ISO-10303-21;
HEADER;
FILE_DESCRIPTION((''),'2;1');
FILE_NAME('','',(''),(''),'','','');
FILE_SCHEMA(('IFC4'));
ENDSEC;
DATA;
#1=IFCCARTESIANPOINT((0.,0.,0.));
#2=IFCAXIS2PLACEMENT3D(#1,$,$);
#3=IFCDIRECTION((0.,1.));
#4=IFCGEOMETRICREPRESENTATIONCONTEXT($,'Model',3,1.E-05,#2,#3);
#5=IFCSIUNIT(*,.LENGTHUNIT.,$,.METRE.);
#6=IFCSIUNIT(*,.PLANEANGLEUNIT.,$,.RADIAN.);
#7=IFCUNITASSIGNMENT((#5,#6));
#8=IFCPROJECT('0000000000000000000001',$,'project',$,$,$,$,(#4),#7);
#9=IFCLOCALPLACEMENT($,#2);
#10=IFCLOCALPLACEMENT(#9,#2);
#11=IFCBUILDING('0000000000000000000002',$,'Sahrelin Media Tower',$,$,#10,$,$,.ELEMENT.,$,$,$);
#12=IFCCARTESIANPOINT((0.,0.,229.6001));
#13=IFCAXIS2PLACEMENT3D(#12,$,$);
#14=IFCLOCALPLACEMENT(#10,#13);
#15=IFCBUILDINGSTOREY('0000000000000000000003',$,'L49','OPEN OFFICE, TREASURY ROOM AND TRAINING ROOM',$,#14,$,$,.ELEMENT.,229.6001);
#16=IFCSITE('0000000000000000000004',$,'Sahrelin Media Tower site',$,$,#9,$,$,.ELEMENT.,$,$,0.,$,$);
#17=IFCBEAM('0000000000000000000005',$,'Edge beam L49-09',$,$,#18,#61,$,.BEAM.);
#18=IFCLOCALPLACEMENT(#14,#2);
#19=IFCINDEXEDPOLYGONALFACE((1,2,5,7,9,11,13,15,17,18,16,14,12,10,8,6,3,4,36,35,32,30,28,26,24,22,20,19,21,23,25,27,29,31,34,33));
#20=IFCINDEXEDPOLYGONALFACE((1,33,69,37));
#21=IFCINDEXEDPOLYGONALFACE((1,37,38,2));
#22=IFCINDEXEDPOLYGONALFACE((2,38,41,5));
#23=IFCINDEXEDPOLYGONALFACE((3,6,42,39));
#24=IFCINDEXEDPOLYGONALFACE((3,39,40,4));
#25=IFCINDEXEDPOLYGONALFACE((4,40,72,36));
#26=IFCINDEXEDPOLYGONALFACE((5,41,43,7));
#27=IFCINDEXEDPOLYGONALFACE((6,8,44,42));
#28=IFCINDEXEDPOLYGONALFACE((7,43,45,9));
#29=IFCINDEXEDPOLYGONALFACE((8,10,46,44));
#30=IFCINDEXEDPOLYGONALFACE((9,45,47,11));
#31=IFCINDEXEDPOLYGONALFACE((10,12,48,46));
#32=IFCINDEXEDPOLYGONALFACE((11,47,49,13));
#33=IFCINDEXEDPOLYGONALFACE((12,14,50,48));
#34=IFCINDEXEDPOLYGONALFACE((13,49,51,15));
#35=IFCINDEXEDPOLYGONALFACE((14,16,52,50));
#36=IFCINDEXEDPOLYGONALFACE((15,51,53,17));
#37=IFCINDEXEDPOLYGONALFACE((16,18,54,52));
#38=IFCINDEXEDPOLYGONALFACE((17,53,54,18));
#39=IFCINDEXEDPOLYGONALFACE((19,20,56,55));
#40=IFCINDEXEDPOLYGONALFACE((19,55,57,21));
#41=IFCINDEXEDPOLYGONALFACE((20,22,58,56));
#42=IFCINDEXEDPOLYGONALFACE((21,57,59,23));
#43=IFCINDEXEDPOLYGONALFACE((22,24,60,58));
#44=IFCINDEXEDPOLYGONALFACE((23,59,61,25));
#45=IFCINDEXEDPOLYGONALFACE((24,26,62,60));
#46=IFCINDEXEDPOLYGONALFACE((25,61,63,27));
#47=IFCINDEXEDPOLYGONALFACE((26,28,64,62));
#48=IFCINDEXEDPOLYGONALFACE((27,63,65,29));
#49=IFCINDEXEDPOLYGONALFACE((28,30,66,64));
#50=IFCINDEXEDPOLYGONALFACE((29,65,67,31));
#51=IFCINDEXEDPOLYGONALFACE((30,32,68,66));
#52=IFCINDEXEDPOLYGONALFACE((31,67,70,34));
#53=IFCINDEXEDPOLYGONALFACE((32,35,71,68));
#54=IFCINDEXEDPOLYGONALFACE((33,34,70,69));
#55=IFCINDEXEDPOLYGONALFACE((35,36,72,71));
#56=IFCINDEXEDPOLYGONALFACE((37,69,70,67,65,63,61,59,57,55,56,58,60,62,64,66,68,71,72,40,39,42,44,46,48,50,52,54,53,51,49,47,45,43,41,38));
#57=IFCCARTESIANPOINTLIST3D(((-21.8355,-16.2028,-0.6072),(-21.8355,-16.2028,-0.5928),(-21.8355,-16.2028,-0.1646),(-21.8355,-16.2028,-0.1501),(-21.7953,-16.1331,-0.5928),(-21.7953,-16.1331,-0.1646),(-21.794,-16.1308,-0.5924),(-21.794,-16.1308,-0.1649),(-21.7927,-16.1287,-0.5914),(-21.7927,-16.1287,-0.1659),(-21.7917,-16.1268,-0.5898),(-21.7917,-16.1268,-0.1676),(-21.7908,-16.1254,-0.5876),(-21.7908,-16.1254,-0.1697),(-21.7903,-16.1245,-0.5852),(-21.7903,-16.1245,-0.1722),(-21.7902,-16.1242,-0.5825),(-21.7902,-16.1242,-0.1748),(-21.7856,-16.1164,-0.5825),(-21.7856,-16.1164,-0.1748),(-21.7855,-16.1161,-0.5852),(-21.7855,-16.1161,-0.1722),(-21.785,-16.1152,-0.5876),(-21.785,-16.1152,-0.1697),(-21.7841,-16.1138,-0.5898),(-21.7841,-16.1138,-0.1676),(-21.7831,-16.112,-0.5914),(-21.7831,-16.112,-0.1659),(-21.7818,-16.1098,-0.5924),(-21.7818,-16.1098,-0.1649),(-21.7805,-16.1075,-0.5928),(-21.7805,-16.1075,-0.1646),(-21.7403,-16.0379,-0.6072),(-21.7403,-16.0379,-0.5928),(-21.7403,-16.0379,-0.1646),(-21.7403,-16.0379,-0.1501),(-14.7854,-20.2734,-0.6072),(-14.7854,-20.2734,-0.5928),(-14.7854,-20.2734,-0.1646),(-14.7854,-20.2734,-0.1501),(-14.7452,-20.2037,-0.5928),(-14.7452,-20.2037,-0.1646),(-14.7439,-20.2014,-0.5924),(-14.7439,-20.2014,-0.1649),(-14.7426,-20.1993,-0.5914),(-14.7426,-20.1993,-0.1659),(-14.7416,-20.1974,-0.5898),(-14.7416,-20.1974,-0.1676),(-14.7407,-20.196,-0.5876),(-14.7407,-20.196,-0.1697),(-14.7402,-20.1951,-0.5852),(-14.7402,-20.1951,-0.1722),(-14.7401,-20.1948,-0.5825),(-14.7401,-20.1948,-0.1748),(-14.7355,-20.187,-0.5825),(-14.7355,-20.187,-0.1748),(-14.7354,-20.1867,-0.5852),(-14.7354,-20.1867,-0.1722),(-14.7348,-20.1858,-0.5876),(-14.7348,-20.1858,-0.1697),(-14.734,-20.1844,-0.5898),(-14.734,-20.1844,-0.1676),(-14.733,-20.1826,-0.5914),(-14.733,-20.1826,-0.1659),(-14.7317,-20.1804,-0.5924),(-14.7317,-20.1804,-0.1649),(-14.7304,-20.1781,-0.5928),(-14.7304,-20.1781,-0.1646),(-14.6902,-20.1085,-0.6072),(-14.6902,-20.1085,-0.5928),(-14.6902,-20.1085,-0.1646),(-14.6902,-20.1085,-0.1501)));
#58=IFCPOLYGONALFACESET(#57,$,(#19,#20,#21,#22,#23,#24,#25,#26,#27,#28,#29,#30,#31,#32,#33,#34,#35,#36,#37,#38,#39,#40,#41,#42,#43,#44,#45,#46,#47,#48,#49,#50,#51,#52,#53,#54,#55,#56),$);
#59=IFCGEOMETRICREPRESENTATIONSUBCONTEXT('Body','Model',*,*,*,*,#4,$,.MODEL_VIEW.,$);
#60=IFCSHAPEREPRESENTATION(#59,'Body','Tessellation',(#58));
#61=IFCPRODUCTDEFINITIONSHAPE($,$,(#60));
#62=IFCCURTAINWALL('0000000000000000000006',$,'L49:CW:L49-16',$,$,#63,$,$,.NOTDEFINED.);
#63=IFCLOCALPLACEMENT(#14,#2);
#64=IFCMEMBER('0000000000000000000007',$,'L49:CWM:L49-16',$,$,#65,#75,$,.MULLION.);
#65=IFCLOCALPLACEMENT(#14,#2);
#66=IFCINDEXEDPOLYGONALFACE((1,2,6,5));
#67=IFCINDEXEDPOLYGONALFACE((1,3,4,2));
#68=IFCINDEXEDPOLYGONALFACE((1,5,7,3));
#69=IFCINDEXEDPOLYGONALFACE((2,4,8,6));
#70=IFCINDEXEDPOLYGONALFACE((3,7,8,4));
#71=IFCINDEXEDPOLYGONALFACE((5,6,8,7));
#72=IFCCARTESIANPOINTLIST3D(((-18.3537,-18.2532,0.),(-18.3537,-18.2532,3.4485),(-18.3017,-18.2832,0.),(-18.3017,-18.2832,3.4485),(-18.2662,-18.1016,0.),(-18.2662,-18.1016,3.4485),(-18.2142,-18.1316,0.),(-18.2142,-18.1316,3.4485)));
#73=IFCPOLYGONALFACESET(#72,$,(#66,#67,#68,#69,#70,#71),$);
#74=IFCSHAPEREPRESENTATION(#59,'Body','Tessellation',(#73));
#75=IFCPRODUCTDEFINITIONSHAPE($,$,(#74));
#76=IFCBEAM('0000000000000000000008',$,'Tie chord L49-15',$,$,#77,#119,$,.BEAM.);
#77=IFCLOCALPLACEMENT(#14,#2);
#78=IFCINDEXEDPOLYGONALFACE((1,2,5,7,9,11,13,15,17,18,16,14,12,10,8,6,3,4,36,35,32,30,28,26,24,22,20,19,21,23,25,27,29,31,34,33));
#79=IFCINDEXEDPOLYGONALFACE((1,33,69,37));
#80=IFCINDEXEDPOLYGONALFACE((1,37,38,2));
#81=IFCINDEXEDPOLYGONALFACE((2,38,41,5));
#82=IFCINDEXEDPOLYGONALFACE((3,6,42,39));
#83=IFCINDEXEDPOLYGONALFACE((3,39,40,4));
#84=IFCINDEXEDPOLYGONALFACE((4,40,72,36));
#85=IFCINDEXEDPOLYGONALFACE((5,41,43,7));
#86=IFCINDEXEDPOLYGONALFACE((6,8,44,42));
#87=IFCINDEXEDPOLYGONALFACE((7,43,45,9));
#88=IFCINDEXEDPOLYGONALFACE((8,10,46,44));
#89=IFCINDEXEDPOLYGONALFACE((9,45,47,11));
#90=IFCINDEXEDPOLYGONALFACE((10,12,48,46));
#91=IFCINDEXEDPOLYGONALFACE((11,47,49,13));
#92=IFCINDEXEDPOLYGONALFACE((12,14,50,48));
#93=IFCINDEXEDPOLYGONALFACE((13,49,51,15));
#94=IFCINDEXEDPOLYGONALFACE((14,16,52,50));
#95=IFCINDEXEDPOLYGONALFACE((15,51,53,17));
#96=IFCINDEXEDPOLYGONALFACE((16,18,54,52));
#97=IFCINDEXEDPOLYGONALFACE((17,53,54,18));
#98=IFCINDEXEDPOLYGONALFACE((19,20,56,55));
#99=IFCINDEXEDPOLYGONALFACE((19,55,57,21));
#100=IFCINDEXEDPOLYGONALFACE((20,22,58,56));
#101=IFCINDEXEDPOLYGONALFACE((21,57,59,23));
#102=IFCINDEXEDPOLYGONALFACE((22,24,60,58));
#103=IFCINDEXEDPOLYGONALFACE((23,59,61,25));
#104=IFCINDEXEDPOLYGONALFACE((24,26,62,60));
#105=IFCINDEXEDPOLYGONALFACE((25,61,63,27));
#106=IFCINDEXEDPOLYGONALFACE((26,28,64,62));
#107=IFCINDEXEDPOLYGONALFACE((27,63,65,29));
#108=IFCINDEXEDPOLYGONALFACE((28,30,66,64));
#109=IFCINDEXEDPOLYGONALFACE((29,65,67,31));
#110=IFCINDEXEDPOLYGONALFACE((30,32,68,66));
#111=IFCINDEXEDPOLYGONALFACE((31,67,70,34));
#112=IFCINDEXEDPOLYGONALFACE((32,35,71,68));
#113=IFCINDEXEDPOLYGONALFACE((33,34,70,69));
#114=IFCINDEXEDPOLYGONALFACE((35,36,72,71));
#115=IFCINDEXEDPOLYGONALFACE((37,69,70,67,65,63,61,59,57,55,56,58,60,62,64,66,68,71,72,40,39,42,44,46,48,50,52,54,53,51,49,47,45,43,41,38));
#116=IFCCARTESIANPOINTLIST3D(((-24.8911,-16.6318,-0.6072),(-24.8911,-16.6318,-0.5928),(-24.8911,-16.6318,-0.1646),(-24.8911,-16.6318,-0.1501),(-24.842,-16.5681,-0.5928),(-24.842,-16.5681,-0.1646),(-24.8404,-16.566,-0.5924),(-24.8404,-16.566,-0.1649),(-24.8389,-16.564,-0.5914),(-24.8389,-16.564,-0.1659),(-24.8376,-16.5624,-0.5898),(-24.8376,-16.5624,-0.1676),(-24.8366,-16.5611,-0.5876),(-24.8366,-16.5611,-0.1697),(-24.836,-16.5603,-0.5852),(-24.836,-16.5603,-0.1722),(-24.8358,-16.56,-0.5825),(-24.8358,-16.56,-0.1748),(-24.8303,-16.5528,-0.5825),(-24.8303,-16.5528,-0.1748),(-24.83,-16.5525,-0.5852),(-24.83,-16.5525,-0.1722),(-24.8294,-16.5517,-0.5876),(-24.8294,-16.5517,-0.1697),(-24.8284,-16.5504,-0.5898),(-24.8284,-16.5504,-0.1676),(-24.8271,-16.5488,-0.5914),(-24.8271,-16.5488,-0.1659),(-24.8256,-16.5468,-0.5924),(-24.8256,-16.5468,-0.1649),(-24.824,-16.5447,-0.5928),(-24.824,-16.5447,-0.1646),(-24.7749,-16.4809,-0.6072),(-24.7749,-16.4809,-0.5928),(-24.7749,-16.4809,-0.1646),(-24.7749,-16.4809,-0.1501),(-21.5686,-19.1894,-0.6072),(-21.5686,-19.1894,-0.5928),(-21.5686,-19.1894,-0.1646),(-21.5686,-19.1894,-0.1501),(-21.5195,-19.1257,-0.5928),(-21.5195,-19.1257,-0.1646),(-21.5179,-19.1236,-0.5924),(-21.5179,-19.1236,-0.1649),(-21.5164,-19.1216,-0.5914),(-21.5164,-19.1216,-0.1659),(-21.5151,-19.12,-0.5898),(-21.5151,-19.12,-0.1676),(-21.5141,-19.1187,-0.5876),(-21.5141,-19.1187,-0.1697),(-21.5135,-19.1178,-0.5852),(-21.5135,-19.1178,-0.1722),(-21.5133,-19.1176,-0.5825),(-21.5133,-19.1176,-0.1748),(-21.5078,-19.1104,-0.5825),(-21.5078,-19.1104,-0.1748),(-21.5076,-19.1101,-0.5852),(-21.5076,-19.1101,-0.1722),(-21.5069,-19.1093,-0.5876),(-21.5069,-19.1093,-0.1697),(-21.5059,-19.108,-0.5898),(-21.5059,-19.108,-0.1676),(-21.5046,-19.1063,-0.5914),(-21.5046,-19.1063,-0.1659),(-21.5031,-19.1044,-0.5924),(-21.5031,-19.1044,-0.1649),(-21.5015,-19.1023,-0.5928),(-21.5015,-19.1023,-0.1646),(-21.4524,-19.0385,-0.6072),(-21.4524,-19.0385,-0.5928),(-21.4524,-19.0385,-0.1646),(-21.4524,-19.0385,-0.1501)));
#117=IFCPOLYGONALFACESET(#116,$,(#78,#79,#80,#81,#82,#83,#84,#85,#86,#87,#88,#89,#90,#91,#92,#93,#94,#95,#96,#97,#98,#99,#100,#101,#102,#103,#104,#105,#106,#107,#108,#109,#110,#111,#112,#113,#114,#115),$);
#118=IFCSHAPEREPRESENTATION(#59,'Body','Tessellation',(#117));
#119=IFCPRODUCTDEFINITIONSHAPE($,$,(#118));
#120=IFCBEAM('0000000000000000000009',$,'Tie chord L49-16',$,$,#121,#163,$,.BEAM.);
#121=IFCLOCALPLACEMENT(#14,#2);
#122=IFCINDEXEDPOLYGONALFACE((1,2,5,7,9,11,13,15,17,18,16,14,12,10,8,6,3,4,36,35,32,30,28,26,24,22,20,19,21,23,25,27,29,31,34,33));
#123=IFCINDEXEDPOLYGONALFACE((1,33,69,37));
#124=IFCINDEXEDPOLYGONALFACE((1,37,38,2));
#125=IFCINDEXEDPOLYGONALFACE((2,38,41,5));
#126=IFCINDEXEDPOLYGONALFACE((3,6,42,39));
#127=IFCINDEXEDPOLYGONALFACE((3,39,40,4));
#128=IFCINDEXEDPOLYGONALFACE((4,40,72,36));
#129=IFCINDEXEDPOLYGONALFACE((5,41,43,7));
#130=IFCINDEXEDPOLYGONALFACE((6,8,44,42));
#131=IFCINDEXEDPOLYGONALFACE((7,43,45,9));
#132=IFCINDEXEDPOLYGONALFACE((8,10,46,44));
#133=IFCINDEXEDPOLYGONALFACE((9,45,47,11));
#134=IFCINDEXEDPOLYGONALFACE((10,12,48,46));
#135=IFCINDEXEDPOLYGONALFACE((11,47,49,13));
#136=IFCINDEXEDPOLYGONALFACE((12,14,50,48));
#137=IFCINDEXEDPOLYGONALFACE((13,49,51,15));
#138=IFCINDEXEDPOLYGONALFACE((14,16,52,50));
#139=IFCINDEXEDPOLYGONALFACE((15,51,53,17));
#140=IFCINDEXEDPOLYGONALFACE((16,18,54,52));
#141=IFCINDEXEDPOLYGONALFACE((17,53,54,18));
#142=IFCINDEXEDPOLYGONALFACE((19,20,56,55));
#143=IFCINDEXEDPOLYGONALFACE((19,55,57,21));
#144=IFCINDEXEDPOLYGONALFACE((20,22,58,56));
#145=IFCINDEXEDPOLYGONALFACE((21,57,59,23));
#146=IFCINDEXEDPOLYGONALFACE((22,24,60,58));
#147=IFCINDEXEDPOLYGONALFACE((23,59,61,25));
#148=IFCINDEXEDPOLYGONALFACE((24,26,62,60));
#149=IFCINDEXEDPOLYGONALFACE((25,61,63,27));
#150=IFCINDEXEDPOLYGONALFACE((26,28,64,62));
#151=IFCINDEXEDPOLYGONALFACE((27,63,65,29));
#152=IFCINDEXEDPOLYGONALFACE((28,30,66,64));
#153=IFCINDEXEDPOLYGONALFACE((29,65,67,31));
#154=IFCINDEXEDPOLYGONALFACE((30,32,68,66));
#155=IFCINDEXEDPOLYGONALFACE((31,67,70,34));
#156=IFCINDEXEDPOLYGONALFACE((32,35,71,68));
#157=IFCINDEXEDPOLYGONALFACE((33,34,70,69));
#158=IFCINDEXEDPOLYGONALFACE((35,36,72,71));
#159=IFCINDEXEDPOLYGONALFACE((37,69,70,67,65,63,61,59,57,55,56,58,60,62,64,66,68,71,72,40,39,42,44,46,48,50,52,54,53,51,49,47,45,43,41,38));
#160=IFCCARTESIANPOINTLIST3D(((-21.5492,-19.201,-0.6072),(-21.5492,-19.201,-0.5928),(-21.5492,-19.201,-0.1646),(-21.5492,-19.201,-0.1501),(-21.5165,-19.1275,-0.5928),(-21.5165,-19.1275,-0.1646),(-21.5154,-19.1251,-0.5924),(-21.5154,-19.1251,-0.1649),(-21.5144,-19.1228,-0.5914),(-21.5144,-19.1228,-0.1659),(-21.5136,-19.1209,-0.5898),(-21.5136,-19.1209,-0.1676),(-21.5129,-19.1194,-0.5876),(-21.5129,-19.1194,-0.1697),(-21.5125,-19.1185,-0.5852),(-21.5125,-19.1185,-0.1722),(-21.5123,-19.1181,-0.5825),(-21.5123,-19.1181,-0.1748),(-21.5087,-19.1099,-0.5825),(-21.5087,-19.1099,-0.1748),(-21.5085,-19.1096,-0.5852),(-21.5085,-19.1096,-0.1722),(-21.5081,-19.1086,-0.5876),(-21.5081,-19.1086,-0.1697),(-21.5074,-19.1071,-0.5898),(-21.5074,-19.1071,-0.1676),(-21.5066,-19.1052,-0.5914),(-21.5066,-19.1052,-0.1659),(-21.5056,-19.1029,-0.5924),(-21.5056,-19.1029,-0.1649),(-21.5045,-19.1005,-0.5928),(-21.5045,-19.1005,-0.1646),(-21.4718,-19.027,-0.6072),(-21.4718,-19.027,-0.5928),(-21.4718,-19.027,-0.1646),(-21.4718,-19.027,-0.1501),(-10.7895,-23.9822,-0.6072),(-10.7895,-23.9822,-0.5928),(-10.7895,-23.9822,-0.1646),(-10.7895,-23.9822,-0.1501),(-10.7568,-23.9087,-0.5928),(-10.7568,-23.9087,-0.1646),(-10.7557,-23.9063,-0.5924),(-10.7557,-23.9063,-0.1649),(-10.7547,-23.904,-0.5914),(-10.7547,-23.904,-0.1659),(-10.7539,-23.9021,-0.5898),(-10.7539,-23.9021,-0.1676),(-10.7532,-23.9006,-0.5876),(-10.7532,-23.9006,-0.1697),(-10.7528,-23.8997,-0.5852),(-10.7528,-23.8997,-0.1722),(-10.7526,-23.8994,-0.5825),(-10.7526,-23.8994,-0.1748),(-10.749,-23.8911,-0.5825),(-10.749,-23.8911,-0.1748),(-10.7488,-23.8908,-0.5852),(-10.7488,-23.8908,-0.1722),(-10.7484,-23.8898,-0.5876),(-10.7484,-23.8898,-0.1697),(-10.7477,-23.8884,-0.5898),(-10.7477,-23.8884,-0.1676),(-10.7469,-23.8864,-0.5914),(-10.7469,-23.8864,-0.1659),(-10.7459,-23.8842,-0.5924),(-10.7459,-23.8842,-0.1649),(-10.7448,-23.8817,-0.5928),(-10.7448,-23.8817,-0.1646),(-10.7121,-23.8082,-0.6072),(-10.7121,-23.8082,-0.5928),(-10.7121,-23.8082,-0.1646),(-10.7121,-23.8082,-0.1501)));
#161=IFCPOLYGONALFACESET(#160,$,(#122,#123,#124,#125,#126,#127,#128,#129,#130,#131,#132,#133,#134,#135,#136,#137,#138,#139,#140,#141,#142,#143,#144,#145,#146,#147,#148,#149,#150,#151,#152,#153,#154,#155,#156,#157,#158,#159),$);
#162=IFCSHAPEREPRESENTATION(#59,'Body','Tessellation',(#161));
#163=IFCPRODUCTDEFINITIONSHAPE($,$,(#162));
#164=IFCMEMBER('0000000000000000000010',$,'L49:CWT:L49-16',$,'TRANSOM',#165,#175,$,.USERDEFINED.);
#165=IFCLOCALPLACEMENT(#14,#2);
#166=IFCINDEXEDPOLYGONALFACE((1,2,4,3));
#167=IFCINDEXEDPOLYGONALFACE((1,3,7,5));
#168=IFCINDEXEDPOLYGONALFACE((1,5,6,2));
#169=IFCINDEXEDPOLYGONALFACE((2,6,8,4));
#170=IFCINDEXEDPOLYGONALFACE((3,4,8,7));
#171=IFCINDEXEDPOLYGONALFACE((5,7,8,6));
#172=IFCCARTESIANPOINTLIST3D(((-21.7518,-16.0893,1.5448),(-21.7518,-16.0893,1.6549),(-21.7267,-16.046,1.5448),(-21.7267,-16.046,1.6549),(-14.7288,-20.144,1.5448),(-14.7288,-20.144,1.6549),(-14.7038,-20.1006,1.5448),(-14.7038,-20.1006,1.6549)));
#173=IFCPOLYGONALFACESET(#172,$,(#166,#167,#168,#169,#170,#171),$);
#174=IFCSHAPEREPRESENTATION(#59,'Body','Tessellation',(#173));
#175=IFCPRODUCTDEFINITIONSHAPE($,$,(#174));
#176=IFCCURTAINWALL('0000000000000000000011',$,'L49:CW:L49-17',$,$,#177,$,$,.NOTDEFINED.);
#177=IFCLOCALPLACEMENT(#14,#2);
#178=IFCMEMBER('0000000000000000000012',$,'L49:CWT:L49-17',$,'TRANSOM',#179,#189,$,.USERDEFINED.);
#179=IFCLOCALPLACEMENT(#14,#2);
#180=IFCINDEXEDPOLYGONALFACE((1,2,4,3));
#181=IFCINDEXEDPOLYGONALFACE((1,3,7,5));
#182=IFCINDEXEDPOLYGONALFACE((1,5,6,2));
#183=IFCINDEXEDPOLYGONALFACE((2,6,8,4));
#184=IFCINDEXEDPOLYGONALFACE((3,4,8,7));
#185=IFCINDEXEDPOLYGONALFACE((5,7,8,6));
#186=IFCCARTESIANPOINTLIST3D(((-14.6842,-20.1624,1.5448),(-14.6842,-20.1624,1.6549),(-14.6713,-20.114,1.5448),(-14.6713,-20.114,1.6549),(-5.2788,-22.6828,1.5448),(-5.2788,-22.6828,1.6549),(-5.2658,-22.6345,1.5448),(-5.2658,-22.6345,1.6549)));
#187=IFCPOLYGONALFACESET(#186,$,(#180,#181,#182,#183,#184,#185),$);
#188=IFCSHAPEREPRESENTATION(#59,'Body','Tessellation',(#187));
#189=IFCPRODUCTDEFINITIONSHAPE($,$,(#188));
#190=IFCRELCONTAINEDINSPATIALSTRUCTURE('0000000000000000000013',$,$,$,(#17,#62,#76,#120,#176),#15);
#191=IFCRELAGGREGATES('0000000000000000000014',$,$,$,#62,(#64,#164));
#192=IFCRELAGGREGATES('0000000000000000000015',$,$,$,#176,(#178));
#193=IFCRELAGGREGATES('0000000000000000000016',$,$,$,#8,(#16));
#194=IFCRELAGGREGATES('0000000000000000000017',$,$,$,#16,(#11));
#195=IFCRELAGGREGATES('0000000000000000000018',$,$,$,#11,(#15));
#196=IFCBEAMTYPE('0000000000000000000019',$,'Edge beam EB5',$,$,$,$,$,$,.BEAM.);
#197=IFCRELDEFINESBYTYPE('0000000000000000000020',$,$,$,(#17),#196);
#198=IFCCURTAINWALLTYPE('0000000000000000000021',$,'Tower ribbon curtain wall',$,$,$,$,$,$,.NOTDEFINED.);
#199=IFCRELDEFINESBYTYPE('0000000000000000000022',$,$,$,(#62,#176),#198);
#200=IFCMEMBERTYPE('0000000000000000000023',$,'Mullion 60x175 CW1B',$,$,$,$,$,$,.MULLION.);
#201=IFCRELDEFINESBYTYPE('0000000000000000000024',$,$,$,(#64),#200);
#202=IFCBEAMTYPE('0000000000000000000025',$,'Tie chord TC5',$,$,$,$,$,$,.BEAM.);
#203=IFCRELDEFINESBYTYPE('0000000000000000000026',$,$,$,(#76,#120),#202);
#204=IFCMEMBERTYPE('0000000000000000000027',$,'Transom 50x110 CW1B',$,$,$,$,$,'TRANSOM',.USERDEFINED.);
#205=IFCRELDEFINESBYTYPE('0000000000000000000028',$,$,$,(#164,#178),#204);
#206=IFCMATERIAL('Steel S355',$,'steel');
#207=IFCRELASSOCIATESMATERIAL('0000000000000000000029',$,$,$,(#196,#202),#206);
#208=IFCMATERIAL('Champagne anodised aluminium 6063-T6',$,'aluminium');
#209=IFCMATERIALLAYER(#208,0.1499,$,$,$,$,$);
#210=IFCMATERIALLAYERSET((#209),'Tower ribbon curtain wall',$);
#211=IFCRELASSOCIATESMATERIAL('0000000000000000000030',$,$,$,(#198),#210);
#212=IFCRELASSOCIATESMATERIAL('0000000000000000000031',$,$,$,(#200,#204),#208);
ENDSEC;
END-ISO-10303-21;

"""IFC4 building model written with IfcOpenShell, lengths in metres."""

from ifc_helpers import new_model, si_unit, direction, frame, origin, origin_2d, place, context, subcontext, project, spatial, rectangle, i_section, extrude, material, layer, layer_set, material_profile, profile_set, type_object, element, aggregate, save


model = new_model("IFC4")

# Units and contexts
model_context = context("Model", 3, precision=1e-05, world=origin(), true_north=direction((0.0, 1.0)))
body_context = subcontext(model_context, "Body", "Model", "MODEL_VIEW")
ifc_project = project(units=[si_unit("LENGTHUNIT", "METRE"), si_unit("PLANEANGLEUNIT", "RADIAN")], contexts=[model_context])

# Site, building, storey
site_placement = place(None, origin())
site = spatial("IfcSite", under=ifc_project, at=site_placement, Name="Sahrelin Media Tower site", CompositionType="ELEMENT", RefElevation=0.0)
building_placement = place(site_placement, origin())
building = spatial("IfcBuilding", under=site, at=building_placement, Name="Sahrelin Media Tower", CompositionType="ELEMENT")
storey_placement = place(building_placement, frame((0.0, 0.0, 229.6001)))
storey = spatial("IfcBuildingStorey", under=building, at=storey_placement, Name="L49", Description="OPEN OFFICE, TREASURY ROOM AND TRAINING ROOM", CompositionType="ELEMENT", Elevation=229.6001)

# Beam
ifc_material_1 = material(Name="Steel S355", Category="steel")
ifc_material_profile_1 = material_profile(ifc_material_1, i_section(OverallWidth=0.1904, OverallDepth=0.457, WebThickness=0.009, FlangeThickness=0.0144, FilletRadius=0.0103, at=origin_2d()), Name="UB 457x191x74")
ifc_profile_set_1 = profile_set([ifc_material_profile_1], Name="Steel S355")
beam_type_1 = type_object("IfcBeamType", Name="Edge beam EB5", PredefinedType="BEAM", material=ifc_profile_set_1)
beam_1_placement = place(storey_placement, frame((-14.7378, -20.1909, -0.3787), z_axis=(-0.866014, 0.500019, 0.0), x_axis=(-0.500019, -0.866014, 0.0)))
element("IfcBeam", 1, at=beam_1_placement, inside=storey, type_object=beam_type_1, Name="Edge beam L49-09", PredefinedType="BEAM", context=body_context, shape_type="SweptSolid", body=[
    extrude(i_section(OverallWidth=0.1904, OverallDepth=0.457, WebThickness=0.009, FlangeThickness=0.0144, FilletRadius=0.0103, at=origin_2d()), origin(), (0.0, 0.0, 1.0), 8.1409),
])

# Curtain wall, member
ifc_material_2 = material(Name="Champagne anodised aluminium 6063-T6", Category="aluminium")
ifc_layer_1 = layer(ifc_material_2, 0.1499)
ifc_layer_set_1 = layer_set([ifc_layer_1], Name="Tower ribbon curtain wall")
curtain_wall_type = type_object("IfcCurtainWallType", Name="Tower ribbon curtain wall", PredefinedType="NOTDEFINED", material=ifc_layer_set_1)
curtain_wall_1_placement = place(storey_placement, frame((-18.3376, -18.2856, 0.0), z_axis=(0.0, 0.0, 1.0), x_axis=(1.0, 0.0, 0.0)))
curtain_wall_1 = element("IfcCurtainWall", 2, at=curtain_wall_1_placement, inside=storey, type_object=curtain_wall_type, Name="L49:CW:L49-16", PredefinedType="NOTDEFINED")
ifc_material_profile_2 = material_profile(ifc_material_2, rectangle(XDim=0.0601, YDim=0.175, at=origin_2d()), Name="Mullion 60x175")
ifc_profile_set_2 = profile_set([ifc_material_profile_2], Name="Champagne anodised aluminium 6063-T6")
member_type_1 = type_object("IfcMemberType", Name="Mullion 60x175 CW1B", PredefinedType="MULLION", material=ifc_profile_set_2)
member_1_placement = place(storey_placement, frame((-18.2839, -18.1924, 0.0), z_axis=(0.0, 0.0, 1.0), x_axis=(0.866024, -0.500003, 0.0)))
member_1 = element("IfcMember", 3, at=member_1_placement, type_object=member_type_1, Name="L49:CWM:L49-16", PredefinedType="MULLION", context=body_context, shape_type="SweptSolid", body=[
    extrude(rectangle(XDim=0.0601, YDim=0.175, at=origin_2d()), origin(), (0.0, 0.0, 1.0), 3.4485),
])

# Beams
ifc_material_profile_3 = material_profile(ifc_material_1, i_section(OverallWidth=0.1904, OverallDepth=0.457, WebThickness=0.009, FlangeThickness=0.0144, FilletRadius=0.0103, at=origin_2d()), Name="UB 457x191x74")
ifc_profile_set_3 = profile_set([ifc_material_profile_3], Name="Steel S355")
beam_type_2 = type_object("IfcBeamType", Name="Tie chord TC5", PredefinedType="BEAM", material=ifc_profile_set_3)
beam_2_placement = place(storey_placement, frame((-24.833, -16.5564, -0.3787), z_axis=(0.792412, -0.609986, 0.0), x_axis=(0.609986, 0.792412, 0.0)))
element("IfcBeam", 4, at=beam_2_placement, inside=storey, type_object=beam_type_2, Name="Tie chord L49-15", PredefinedType="BEAM", context=body_context, shape_type="SweptSolid", body=[
    extrude(i_section(OverallWidth=0.1904, OverallDepth=0.457, WebThickness=0.009, FlangeThickness=0.0144, FilletRadius=0.0103, at=origin_2d()), origin(), (0.0, 0.0, 1.0), 4.1929),
])
beam_3_placement = place(storey_placement, frame((-21.5105, -19.114, -0.3787), z_axis=(0.913839, -0.406077, 0.0), x_axis=(0.406077, 0.913839, 0.0)))
element("IfcBeam", 5, at=beam_3_placement, inside=storey, type_object=beam_type_2, Name="Tie chord L49-16", PredefinedType="BEAM", context=body_context, shape_type="SweptSolid", body=[
    extrude(i_section(OverallWidth=0.1904, OverallDepth=0.457, WebThickness=0.009, FlangeThickness=0.0144, FilletRadius=0.0103, at=origin_2d()), origin(), (0.0, 0.0, 1.0), 11.7742),
])

# Member
ifc_material_profile_4 = material_profile(ifc_material_2, rectangle(XDim=0.05, YDim=0.1101, at=origin_2d()), Name="Transom 50x110")
ifc_profile_set_4 = profile_set([ifc_material_profile_4], Name="Champagne anodised aluminium 6063-T6")
member_type_2 = type_object("IfcMemberType", Name="Transom 50x110 CW1B", ElementType="TRANSOM", PredefinedType="USERDEFINED", material=ifc_profile_set_4)
member_2_placement = place(storey_placement, frame((-21.7393, -16.0676, 1.5999), z_axis=(0.866026, -0.499999, 0.0), x_axis=(0.499999, 0.866026, 0.0)))
member_2 = element("IfcMember", 6, at=member_2_placement, type_object=member_type_2, Name="L49:CWT:L49-16", ObjectType="TRANSOM", PredefinedType="USERDEFINED", context=body_context, shape_type="SweptSolid", body=[
    extrude(rectangle(XDim=0.05, YDim=0.1101, at=origin_2d()), origin(), (0.0, 0.0, 1.0), 8.1094),
])

# Curtain wall, member
curtain_wall_2_placement = place(storey_placement, frame((-10.032, -21.6108, 0.0), z_axis=(0.0, 0.0, 1.0), x_axis=(1.0, 0.0, 0.0)))
curtain_wall_2 = element("IfcCurtainWall", 7, at=curtain_wall_2_placement, inside=storey, type_object=curtain_wall_type, Name="L49:CW:L49-17", PredefinedType="NOTDEFINED")
member_3_placement = place(storey_placement, frame((-14.6777, -20.1382, 1.5999), z_axis=(0.965918, -0.258848, 0.0), x_axis=(0.258848, 0.965918, 0.0)))
member_3 = element("IfcMember", 8, at=member_3_placement, type_object=member_type_2, Name="L49:CWT:L49-17", ObjectType="TRANSOM", PredefinedType="USERDEFINED", context=body_context, shape_type="SweptSolid", body=[
    extrude(rectangle(XDim=0.05, YDim=0.1101, at=origin_2d()), origin(), (0.0, 0.0, 1.0), 9.7373),
])

aggregate(curtain_wall_1, [member_1, member_2])
aggregate(curtain_wall_2, [member_3])

save(model, "model.ifc")
